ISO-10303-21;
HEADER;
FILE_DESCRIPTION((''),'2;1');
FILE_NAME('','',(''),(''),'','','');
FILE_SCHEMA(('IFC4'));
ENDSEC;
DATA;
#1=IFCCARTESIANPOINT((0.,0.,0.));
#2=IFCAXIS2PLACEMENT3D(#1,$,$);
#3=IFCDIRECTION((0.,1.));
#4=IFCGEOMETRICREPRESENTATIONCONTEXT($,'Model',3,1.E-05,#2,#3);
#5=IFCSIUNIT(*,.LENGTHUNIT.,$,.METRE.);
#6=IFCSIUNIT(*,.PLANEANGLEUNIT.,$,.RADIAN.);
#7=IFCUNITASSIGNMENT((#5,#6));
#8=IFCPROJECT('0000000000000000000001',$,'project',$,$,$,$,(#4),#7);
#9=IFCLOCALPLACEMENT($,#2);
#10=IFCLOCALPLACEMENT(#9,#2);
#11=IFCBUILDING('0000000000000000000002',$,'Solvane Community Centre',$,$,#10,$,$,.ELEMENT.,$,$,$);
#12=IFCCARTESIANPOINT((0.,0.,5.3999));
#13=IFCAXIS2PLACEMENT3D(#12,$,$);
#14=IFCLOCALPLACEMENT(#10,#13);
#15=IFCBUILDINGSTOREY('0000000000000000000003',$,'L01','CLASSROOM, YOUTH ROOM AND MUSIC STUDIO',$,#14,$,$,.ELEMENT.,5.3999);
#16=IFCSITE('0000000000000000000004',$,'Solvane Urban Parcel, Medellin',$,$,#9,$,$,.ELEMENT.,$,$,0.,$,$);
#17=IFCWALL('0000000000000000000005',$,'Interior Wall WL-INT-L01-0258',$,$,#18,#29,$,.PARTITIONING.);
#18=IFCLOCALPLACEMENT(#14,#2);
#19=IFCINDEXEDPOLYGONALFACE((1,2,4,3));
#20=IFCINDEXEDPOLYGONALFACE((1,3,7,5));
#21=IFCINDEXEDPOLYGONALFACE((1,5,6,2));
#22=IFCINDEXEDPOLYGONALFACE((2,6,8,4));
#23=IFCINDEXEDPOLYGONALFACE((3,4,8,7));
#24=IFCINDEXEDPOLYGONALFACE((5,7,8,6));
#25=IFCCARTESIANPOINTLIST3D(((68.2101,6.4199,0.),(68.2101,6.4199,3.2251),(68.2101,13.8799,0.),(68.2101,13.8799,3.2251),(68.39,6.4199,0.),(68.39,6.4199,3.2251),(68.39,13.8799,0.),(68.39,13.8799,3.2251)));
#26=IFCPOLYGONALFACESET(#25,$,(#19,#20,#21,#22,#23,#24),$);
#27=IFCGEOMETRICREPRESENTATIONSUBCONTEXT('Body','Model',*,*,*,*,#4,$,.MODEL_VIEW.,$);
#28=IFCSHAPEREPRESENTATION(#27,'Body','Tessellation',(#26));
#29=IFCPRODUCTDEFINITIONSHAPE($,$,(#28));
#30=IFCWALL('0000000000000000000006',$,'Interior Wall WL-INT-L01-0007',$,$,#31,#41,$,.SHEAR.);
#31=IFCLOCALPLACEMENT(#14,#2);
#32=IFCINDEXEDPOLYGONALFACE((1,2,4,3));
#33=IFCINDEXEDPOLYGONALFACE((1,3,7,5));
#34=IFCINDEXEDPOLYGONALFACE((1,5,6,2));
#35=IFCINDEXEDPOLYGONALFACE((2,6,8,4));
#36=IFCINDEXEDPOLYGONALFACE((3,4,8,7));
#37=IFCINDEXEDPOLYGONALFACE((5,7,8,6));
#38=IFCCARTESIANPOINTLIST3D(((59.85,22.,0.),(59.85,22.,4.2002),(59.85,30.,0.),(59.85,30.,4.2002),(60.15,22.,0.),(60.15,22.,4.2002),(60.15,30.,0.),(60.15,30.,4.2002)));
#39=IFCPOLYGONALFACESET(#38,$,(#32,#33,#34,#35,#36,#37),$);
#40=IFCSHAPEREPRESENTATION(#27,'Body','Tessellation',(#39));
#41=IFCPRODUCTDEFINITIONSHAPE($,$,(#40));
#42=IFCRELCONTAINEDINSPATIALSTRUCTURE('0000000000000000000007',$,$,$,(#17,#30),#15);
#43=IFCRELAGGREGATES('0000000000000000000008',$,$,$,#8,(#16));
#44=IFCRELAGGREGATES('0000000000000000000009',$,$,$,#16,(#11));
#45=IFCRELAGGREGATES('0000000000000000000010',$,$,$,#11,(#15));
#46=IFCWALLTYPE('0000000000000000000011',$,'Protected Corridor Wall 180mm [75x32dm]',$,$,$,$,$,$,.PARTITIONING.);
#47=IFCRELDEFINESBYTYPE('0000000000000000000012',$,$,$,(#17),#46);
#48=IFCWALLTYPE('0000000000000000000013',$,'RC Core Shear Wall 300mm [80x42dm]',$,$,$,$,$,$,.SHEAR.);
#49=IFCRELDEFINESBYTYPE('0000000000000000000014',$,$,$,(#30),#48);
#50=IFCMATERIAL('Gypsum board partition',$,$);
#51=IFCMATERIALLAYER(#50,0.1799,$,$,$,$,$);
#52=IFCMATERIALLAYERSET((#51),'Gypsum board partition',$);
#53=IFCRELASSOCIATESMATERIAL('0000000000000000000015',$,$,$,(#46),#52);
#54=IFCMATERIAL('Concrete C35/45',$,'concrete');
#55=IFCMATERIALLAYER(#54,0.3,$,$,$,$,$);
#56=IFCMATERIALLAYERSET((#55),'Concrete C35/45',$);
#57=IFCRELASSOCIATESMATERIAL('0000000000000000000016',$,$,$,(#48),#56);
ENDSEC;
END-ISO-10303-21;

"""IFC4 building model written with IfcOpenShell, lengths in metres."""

from ifc_helpers import new_model, si_unit, direction, frame, frame_2d, origin, place, context, subcontext, project, spatial, rectangle, extrude, material, layer, layer_set, type_object, element, save


model = new_model("IFC4")

# Units and contexts
model_context = context("Model", 3, precision=1e-05, world=origin(), true_north=direction((0.0, 1.0)))
body_context = subcontext(model_context, "Body", "Model", "MODEL_VIEW")
ifc_project = project(units=[si_unit("LENGTHUNIT", "METRE"), si_unit("PLANEANGLEUNIT", "RADIAN")], contexts=[model_context])

# Site, building, storey
site_placement = place(None, origin())
site = spatial("IfcSite", under=ifc_project, at=site_placement, Name="Solvane Urban Parcel, Medellin", CompositionType="ELEMENT", RefElevation=0.0)
building_placement = place(site_placement, origin())
building = spatial("IfcBuilding", under=site, at=building_placement, Name="Solvane Community Centre", CompositionType="ELEMENT")
storey_placement = place(building_placement, frame((0.0, 0.0, 5.3999)))
storey = spatial("IfcBuildingStorey", under=building, at=storey_placement, Name="L01", Description="CLASSROOM, YOUTH ROOM AND MUSIC STUDIO", CompositionType="ELEMENT", Elevation=5.3999)

# Shared definitions
ifc_material_1 = material(Name="Concrete C35/45", Category="concrete")

# Shared definitions
ifc_material_2 = material(Name="Gypsum board partition")

# Walls
ifc_layer_1 = layer(ifc_material_2, 0.1799)
ifc_layer_set_1 = layer_set([ifc_layer_1], Name="Gypsum board partition")
wall_type_1 = type_object("IfcWallType", Name="Protected Corridor Wall 180mm [75x32dm]", PredefinedType="PARTITIONING", material=ifc_layer_set_1)
wall_1_placement = place(storey_placement, frame((68.3, 13.8799, 0.0), z_axis=(0.0, 0.0, 1.0), x_axis=(0.0, -1.0, 0.0)))
element("IfcWall", 1, at=wall_1_placement, inside=storey, type_object=wall_type_1, Name="Interior Wall WL-INT-L01-0258", PredefinedType="PARTITIONING", context=body_context, shape_type="SweptSolid", body=[
    extrude(rectangle(XDim=7.46, YDim=0.1799, at=frame_2d((3.73, 0.0))), origin(), (0.0, 0.0, 1.0), 3.2251),
])
ifc_layer_2 = layer(ifc_material_1, 0.3)
ifc_layer_set_2 = layer_set([ifc_layer_2], Name="Concrete C35/45")
wall_type_2 = type_object("IfcWallType", Name="RC Core Shear Wall 300mm [80x42dm]", PredefinedType="SHEAR", material=ifc_layer_set_2)
wall_2_placement = place(storey_placement, frame((60.0, 22.0, 0.0), z_axis=(0.0, 0.0, 1.0), x_axis=(0.0, 1.0, 0.0)))
element("IfcWall", 2, at=wall_2_placement, inside=storey, type_object=wall_type_2, Name="Interior Wall WL-INT-L01-0007", PredefinedType="SHEAR", context=body_context, shape_type="SweptSolid", body=[
    extrude(rectangle(XDim=8.0, YDim=0.3, at=frame_2d((4.0, 0.0))), origin(), (0.0, 0.0, 1.0), 4.2002),
])

save(model, "model.ifc")
